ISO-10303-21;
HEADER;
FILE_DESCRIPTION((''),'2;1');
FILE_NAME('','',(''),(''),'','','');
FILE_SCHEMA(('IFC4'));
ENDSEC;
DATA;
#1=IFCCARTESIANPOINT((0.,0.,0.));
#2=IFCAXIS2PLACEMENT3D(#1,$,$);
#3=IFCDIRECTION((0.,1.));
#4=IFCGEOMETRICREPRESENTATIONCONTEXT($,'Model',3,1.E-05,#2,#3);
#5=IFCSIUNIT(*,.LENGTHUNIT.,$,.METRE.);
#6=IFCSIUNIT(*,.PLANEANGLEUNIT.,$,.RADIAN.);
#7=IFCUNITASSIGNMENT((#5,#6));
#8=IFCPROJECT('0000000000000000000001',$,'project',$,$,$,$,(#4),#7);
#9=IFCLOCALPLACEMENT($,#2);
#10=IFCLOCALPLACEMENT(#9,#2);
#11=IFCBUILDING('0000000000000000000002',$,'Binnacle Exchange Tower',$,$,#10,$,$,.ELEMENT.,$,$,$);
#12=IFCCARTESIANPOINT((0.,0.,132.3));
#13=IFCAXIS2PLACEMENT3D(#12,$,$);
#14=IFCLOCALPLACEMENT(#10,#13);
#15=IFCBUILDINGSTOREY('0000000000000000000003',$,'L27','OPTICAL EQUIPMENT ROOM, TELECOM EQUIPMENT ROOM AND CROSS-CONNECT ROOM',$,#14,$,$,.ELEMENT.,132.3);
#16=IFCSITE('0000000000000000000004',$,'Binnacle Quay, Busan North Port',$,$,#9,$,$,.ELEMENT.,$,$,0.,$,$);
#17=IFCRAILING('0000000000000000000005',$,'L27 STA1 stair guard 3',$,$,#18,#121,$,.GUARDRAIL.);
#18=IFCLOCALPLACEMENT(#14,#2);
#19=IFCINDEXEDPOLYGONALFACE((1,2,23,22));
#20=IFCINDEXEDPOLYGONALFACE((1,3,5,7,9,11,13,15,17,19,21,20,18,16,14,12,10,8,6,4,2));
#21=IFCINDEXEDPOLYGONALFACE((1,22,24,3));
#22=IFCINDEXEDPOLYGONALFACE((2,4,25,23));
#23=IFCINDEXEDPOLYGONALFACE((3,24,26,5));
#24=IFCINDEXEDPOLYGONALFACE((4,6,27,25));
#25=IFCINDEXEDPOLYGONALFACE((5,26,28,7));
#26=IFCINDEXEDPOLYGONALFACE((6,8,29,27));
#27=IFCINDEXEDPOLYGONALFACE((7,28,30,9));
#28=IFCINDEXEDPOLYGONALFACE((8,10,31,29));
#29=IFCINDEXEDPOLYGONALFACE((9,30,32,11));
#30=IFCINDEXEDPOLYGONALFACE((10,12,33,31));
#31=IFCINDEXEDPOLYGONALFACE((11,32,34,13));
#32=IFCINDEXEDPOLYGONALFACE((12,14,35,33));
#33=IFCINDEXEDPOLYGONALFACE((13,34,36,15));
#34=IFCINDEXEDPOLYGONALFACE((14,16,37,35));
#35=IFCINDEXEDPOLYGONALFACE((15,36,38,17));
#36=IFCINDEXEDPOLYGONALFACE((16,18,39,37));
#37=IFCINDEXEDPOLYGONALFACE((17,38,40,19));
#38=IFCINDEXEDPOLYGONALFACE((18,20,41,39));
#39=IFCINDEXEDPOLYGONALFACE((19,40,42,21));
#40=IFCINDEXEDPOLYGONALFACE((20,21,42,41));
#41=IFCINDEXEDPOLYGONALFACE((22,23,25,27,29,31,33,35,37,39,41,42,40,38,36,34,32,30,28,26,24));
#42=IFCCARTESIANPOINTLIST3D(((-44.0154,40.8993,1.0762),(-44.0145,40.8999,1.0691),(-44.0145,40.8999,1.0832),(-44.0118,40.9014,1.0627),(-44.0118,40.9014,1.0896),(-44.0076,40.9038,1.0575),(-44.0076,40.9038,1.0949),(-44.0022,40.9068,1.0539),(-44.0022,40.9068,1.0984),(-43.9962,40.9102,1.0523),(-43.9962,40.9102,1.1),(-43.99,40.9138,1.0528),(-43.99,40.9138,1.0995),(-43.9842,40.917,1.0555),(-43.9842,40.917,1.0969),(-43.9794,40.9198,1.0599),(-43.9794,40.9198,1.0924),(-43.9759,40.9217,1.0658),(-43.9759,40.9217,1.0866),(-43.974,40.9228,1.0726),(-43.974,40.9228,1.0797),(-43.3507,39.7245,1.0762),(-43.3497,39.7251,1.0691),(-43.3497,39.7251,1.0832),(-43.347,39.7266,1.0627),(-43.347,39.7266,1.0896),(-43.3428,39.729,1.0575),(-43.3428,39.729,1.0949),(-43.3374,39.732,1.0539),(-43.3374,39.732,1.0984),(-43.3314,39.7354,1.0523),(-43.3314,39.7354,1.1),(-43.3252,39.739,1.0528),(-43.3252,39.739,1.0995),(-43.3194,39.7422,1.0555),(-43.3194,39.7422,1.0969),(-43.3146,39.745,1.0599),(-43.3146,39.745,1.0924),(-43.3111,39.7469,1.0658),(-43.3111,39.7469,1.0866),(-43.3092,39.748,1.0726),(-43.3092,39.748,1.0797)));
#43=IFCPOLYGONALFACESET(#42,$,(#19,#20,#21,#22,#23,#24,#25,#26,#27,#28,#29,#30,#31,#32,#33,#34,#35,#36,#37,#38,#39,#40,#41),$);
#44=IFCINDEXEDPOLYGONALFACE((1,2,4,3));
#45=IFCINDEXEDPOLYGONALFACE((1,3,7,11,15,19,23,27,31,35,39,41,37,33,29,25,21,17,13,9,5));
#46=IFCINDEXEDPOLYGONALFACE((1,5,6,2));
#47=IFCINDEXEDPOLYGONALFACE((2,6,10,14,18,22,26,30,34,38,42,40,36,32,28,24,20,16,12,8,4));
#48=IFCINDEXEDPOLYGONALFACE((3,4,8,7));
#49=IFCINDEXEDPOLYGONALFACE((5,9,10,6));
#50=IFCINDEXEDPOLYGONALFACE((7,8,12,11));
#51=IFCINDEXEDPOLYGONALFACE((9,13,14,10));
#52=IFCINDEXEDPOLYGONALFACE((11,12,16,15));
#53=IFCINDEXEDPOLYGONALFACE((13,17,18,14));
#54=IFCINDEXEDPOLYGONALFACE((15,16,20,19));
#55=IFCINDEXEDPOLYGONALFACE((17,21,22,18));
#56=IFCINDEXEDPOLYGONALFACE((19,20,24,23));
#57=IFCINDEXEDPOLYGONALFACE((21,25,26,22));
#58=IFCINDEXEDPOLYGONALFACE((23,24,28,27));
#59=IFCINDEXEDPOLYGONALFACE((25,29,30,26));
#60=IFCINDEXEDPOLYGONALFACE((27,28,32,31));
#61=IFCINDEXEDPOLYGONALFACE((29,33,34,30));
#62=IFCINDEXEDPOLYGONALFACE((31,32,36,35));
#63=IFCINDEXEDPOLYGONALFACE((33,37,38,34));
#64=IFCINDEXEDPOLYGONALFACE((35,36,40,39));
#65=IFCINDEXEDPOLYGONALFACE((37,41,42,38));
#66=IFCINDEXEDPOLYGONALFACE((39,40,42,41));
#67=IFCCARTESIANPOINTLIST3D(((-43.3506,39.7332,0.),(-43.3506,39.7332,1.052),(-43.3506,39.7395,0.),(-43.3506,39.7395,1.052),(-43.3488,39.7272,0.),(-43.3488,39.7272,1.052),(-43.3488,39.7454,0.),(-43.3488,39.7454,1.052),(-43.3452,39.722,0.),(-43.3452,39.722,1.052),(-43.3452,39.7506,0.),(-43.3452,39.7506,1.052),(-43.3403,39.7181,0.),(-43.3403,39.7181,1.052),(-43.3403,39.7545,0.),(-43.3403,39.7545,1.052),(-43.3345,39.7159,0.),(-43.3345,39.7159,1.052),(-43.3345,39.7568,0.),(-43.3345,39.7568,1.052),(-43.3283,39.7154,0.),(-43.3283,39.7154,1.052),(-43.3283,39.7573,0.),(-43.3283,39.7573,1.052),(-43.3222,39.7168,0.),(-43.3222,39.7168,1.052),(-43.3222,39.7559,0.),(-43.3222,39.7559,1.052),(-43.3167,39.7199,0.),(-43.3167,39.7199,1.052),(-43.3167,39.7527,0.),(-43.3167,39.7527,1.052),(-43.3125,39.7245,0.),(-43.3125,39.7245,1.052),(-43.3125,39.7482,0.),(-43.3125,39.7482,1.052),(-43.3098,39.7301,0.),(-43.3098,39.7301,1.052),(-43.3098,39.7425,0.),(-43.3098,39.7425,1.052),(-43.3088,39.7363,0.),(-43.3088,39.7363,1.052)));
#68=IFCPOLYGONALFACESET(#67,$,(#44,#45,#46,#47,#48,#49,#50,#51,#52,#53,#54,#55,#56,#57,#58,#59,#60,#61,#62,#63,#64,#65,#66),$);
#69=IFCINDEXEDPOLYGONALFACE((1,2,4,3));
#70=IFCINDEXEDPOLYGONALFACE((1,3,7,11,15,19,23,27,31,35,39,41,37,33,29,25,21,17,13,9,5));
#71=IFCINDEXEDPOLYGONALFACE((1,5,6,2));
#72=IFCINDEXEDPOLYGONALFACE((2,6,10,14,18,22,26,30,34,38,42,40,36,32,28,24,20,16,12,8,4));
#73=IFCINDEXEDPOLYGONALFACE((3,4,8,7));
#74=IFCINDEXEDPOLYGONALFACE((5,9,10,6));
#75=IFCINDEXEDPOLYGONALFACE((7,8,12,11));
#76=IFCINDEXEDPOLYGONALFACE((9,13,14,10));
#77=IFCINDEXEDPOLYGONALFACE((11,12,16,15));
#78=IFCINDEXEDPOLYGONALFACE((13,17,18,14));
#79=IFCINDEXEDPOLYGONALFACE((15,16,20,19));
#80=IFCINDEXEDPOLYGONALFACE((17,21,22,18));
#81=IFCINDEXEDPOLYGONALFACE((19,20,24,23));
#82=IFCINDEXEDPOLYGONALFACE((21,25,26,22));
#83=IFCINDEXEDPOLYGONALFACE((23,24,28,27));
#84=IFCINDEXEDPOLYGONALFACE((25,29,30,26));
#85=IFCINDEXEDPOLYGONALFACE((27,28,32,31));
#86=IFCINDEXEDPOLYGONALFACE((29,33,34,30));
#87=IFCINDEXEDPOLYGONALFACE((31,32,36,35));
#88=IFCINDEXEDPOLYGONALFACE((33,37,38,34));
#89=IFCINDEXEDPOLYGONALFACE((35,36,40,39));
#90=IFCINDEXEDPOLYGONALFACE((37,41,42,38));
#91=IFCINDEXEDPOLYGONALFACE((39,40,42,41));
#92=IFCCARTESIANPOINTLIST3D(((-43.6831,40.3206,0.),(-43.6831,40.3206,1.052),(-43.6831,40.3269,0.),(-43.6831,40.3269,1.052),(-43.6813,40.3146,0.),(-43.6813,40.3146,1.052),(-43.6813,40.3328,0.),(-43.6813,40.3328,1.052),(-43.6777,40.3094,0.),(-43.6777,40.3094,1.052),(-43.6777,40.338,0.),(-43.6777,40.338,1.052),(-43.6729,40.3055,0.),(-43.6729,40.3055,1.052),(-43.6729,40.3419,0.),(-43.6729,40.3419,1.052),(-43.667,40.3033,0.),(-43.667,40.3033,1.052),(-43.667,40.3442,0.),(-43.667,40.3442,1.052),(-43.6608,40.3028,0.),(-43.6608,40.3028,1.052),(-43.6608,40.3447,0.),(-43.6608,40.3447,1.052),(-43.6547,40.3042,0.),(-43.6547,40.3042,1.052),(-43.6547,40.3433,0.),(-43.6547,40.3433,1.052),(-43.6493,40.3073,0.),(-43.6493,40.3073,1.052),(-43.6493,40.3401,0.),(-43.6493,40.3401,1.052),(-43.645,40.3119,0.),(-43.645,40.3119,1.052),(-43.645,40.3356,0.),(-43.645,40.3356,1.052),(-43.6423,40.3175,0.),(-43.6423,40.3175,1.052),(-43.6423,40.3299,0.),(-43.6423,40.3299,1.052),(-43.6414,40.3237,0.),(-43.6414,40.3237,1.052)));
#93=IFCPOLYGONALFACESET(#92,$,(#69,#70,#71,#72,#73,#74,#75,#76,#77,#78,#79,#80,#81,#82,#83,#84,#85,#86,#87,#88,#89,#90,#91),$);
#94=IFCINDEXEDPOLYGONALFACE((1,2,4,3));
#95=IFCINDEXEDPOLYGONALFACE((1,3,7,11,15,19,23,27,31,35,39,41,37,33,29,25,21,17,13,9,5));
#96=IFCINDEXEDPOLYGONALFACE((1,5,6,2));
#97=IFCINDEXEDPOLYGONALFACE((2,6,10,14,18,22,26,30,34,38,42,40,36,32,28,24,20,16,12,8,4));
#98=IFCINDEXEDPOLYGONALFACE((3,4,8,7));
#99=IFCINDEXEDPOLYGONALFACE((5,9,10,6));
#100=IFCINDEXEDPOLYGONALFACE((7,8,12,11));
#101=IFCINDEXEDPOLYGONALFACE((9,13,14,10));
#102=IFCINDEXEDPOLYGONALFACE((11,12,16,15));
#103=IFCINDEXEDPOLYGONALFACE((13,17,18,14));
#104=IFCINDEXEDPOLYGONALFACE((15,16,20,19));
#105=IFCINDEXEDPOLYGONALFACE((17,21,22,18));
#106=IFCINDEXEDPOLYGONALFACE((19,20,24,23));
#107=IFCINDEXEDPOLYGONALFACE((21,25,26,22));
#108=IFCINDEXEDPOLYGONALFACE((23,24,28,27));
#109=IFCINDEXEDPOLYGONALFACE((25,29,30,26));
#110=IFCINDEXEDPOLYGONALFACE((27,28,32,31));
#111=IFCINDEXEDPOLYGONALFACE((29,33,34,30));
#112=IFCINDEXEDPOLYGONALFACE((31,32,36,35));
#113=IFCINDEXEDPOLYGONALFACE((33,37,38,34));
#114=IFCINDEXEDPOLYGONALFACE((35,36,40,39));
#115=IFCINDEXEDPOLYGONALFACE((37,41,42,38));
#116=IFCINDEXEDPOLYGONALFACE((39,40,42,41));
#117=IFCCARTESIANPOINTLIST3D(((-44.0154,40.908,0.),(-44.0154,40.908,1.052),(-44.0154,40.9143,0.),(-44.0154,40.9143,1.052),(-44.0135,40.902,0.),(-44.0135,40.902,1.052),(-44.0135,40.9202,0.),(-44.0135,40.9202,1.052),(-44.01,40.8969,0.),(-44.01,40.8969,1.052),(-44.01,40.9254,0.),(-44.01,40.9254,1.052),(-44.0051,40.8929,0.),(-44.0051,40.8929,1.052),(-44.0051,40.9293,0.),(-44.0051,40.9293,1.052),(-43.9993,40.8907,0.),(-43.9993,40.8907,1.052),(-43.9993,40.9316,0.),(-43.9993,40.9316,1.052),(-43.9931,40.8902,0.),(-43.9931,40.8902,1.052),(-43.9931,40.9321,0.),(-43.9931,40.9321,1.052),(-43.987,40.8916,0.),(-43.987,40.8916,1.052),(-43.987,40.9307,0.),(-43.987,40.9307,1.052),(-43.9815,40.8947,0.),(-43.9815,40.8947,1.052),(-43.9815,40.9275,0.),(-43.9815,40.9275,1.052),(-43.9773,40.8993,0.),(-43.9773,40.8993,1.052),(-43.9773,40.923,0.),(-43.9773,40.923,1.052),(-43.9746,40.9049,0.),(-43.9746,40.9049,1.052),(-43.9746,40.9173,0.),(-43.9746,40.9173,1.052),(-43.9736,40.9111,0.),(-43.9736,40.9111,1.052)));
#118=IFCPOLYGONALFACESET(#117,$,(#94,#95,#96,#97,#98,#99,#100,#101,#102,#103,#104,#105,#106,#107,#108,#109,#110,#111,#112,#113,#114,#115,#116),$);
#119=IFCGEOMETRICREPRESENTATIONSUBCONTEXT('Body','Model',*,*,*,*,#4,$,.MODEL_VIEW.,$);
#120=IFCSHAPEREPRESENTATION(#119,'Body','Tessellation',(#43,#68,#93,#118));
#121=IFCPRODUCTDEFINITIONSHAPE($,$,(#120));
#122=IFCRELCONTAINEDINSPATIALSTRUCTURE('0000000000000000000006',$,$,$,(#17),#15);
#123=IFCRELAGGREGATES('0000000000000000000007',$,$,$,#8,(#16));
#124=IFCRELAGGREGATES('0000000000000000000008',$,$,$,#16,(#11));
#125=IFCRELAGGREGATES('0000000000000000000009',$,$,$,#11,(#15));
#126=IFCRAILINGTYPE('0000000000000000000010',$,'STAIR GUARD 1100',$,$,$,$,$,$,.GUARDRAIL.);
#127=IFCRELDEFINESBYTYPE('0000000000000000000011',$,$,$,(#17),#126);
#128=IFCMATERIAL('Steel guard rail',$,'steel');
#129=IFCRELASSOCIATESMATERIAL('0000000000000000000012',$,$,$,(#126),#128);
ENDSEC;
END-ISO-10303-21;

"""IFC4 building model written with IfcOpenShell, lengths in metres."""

from ifc_helpers import new_model, si_unit, direction, frame, origin, origin_2d, place, context, subcontext, project, spatial, circle, extrude, material, type_object, element, save


model = new_model("IFC4")

# Units and contexts
model_context = context("Model", 3, precision=1e-05, world=origin(), true_north=direction((0.0, 1.0)))
body_context = subcontext(model_context, "Body", "Model", "MODEL_VIEW")
ifc_project = project(units=[si_unit("LENGTHUNIT", "METRE"), si_unit("PLANEANGLEUNIT", "RADIAN")], contexts=[model_context])

# Site, building, storey
site_placement = place(None, origin())
site = spatial("IfcSite", under=ifc_project, at=site_placement, Name="Binnacle Quay, Busan North Port", CompositionType="ELEMENT", RefElevation=0.0)
building_placement = place(site_placement, origin())
building = spatial("IfcBuilding", under=site, at=building_placement, Name="Binnacle Exchange Tower", CompositionType="ELEMENT")
storey_placement = place(building_placement, frame((0.0, 0.0, 132.3)))
storey = spatial("IfcBuildingStorey", under=building, at=storey_placement, Name="L27", Description="OPTICAL EQUIPMENT ROOM, TELECOM EQUIPMENT ROOM AND CROSS-CONNECT ROOM", CompositionType="ELEMENT", Elevation=132.3)

# Railing
ifc_material_1 = material(Name="Steel guard rail", Category="steel")
railing_type = type_object("IfcRailingType", Name="STAIR GUARD 1100", PredefinedType="GUARDRAIL", material=ifc_material_1)
railing_1_placement = place(storey_placement, frame((-43.3298, 39.7363, 0.0)))
element("IfcRailing", 1, at=railing_1_placement, inside=storey, type_object=railing_type, Name="L27 STA1 stair guard 3", PredefinedType="GUARDRAIL", context=body_context, shape_type="SweptSolid", body=[
    extrude(circle(Radius=0.0239, at=origin_2d()), frame((0.0, 0.0, 1.0762), z_axis=(-0.492492, 0.870317, 0.0), x_axis=(-0.870317, -0.492492, 0.0)), (0.0, 0.0, 1.0), 1.3499),
    extrude(circle(Radius=0.021, at=origin_2d()), origin(), (0.0, 0.0, 1.0), 1.052),
    extrude(circle(Radius=0.021, at=origin_2d()), frame((-0.3325, 0.5874, 0.0)), (0.0, 0.0, 1.0), 1.052),
    extrude(circle(Radius=0.021, at=origin_2d()), frame((-0.6648, 1.1748, 0.0)), (0.0, 0.0, 1.0), 1.052),
])

save(model, "model.ifc")
